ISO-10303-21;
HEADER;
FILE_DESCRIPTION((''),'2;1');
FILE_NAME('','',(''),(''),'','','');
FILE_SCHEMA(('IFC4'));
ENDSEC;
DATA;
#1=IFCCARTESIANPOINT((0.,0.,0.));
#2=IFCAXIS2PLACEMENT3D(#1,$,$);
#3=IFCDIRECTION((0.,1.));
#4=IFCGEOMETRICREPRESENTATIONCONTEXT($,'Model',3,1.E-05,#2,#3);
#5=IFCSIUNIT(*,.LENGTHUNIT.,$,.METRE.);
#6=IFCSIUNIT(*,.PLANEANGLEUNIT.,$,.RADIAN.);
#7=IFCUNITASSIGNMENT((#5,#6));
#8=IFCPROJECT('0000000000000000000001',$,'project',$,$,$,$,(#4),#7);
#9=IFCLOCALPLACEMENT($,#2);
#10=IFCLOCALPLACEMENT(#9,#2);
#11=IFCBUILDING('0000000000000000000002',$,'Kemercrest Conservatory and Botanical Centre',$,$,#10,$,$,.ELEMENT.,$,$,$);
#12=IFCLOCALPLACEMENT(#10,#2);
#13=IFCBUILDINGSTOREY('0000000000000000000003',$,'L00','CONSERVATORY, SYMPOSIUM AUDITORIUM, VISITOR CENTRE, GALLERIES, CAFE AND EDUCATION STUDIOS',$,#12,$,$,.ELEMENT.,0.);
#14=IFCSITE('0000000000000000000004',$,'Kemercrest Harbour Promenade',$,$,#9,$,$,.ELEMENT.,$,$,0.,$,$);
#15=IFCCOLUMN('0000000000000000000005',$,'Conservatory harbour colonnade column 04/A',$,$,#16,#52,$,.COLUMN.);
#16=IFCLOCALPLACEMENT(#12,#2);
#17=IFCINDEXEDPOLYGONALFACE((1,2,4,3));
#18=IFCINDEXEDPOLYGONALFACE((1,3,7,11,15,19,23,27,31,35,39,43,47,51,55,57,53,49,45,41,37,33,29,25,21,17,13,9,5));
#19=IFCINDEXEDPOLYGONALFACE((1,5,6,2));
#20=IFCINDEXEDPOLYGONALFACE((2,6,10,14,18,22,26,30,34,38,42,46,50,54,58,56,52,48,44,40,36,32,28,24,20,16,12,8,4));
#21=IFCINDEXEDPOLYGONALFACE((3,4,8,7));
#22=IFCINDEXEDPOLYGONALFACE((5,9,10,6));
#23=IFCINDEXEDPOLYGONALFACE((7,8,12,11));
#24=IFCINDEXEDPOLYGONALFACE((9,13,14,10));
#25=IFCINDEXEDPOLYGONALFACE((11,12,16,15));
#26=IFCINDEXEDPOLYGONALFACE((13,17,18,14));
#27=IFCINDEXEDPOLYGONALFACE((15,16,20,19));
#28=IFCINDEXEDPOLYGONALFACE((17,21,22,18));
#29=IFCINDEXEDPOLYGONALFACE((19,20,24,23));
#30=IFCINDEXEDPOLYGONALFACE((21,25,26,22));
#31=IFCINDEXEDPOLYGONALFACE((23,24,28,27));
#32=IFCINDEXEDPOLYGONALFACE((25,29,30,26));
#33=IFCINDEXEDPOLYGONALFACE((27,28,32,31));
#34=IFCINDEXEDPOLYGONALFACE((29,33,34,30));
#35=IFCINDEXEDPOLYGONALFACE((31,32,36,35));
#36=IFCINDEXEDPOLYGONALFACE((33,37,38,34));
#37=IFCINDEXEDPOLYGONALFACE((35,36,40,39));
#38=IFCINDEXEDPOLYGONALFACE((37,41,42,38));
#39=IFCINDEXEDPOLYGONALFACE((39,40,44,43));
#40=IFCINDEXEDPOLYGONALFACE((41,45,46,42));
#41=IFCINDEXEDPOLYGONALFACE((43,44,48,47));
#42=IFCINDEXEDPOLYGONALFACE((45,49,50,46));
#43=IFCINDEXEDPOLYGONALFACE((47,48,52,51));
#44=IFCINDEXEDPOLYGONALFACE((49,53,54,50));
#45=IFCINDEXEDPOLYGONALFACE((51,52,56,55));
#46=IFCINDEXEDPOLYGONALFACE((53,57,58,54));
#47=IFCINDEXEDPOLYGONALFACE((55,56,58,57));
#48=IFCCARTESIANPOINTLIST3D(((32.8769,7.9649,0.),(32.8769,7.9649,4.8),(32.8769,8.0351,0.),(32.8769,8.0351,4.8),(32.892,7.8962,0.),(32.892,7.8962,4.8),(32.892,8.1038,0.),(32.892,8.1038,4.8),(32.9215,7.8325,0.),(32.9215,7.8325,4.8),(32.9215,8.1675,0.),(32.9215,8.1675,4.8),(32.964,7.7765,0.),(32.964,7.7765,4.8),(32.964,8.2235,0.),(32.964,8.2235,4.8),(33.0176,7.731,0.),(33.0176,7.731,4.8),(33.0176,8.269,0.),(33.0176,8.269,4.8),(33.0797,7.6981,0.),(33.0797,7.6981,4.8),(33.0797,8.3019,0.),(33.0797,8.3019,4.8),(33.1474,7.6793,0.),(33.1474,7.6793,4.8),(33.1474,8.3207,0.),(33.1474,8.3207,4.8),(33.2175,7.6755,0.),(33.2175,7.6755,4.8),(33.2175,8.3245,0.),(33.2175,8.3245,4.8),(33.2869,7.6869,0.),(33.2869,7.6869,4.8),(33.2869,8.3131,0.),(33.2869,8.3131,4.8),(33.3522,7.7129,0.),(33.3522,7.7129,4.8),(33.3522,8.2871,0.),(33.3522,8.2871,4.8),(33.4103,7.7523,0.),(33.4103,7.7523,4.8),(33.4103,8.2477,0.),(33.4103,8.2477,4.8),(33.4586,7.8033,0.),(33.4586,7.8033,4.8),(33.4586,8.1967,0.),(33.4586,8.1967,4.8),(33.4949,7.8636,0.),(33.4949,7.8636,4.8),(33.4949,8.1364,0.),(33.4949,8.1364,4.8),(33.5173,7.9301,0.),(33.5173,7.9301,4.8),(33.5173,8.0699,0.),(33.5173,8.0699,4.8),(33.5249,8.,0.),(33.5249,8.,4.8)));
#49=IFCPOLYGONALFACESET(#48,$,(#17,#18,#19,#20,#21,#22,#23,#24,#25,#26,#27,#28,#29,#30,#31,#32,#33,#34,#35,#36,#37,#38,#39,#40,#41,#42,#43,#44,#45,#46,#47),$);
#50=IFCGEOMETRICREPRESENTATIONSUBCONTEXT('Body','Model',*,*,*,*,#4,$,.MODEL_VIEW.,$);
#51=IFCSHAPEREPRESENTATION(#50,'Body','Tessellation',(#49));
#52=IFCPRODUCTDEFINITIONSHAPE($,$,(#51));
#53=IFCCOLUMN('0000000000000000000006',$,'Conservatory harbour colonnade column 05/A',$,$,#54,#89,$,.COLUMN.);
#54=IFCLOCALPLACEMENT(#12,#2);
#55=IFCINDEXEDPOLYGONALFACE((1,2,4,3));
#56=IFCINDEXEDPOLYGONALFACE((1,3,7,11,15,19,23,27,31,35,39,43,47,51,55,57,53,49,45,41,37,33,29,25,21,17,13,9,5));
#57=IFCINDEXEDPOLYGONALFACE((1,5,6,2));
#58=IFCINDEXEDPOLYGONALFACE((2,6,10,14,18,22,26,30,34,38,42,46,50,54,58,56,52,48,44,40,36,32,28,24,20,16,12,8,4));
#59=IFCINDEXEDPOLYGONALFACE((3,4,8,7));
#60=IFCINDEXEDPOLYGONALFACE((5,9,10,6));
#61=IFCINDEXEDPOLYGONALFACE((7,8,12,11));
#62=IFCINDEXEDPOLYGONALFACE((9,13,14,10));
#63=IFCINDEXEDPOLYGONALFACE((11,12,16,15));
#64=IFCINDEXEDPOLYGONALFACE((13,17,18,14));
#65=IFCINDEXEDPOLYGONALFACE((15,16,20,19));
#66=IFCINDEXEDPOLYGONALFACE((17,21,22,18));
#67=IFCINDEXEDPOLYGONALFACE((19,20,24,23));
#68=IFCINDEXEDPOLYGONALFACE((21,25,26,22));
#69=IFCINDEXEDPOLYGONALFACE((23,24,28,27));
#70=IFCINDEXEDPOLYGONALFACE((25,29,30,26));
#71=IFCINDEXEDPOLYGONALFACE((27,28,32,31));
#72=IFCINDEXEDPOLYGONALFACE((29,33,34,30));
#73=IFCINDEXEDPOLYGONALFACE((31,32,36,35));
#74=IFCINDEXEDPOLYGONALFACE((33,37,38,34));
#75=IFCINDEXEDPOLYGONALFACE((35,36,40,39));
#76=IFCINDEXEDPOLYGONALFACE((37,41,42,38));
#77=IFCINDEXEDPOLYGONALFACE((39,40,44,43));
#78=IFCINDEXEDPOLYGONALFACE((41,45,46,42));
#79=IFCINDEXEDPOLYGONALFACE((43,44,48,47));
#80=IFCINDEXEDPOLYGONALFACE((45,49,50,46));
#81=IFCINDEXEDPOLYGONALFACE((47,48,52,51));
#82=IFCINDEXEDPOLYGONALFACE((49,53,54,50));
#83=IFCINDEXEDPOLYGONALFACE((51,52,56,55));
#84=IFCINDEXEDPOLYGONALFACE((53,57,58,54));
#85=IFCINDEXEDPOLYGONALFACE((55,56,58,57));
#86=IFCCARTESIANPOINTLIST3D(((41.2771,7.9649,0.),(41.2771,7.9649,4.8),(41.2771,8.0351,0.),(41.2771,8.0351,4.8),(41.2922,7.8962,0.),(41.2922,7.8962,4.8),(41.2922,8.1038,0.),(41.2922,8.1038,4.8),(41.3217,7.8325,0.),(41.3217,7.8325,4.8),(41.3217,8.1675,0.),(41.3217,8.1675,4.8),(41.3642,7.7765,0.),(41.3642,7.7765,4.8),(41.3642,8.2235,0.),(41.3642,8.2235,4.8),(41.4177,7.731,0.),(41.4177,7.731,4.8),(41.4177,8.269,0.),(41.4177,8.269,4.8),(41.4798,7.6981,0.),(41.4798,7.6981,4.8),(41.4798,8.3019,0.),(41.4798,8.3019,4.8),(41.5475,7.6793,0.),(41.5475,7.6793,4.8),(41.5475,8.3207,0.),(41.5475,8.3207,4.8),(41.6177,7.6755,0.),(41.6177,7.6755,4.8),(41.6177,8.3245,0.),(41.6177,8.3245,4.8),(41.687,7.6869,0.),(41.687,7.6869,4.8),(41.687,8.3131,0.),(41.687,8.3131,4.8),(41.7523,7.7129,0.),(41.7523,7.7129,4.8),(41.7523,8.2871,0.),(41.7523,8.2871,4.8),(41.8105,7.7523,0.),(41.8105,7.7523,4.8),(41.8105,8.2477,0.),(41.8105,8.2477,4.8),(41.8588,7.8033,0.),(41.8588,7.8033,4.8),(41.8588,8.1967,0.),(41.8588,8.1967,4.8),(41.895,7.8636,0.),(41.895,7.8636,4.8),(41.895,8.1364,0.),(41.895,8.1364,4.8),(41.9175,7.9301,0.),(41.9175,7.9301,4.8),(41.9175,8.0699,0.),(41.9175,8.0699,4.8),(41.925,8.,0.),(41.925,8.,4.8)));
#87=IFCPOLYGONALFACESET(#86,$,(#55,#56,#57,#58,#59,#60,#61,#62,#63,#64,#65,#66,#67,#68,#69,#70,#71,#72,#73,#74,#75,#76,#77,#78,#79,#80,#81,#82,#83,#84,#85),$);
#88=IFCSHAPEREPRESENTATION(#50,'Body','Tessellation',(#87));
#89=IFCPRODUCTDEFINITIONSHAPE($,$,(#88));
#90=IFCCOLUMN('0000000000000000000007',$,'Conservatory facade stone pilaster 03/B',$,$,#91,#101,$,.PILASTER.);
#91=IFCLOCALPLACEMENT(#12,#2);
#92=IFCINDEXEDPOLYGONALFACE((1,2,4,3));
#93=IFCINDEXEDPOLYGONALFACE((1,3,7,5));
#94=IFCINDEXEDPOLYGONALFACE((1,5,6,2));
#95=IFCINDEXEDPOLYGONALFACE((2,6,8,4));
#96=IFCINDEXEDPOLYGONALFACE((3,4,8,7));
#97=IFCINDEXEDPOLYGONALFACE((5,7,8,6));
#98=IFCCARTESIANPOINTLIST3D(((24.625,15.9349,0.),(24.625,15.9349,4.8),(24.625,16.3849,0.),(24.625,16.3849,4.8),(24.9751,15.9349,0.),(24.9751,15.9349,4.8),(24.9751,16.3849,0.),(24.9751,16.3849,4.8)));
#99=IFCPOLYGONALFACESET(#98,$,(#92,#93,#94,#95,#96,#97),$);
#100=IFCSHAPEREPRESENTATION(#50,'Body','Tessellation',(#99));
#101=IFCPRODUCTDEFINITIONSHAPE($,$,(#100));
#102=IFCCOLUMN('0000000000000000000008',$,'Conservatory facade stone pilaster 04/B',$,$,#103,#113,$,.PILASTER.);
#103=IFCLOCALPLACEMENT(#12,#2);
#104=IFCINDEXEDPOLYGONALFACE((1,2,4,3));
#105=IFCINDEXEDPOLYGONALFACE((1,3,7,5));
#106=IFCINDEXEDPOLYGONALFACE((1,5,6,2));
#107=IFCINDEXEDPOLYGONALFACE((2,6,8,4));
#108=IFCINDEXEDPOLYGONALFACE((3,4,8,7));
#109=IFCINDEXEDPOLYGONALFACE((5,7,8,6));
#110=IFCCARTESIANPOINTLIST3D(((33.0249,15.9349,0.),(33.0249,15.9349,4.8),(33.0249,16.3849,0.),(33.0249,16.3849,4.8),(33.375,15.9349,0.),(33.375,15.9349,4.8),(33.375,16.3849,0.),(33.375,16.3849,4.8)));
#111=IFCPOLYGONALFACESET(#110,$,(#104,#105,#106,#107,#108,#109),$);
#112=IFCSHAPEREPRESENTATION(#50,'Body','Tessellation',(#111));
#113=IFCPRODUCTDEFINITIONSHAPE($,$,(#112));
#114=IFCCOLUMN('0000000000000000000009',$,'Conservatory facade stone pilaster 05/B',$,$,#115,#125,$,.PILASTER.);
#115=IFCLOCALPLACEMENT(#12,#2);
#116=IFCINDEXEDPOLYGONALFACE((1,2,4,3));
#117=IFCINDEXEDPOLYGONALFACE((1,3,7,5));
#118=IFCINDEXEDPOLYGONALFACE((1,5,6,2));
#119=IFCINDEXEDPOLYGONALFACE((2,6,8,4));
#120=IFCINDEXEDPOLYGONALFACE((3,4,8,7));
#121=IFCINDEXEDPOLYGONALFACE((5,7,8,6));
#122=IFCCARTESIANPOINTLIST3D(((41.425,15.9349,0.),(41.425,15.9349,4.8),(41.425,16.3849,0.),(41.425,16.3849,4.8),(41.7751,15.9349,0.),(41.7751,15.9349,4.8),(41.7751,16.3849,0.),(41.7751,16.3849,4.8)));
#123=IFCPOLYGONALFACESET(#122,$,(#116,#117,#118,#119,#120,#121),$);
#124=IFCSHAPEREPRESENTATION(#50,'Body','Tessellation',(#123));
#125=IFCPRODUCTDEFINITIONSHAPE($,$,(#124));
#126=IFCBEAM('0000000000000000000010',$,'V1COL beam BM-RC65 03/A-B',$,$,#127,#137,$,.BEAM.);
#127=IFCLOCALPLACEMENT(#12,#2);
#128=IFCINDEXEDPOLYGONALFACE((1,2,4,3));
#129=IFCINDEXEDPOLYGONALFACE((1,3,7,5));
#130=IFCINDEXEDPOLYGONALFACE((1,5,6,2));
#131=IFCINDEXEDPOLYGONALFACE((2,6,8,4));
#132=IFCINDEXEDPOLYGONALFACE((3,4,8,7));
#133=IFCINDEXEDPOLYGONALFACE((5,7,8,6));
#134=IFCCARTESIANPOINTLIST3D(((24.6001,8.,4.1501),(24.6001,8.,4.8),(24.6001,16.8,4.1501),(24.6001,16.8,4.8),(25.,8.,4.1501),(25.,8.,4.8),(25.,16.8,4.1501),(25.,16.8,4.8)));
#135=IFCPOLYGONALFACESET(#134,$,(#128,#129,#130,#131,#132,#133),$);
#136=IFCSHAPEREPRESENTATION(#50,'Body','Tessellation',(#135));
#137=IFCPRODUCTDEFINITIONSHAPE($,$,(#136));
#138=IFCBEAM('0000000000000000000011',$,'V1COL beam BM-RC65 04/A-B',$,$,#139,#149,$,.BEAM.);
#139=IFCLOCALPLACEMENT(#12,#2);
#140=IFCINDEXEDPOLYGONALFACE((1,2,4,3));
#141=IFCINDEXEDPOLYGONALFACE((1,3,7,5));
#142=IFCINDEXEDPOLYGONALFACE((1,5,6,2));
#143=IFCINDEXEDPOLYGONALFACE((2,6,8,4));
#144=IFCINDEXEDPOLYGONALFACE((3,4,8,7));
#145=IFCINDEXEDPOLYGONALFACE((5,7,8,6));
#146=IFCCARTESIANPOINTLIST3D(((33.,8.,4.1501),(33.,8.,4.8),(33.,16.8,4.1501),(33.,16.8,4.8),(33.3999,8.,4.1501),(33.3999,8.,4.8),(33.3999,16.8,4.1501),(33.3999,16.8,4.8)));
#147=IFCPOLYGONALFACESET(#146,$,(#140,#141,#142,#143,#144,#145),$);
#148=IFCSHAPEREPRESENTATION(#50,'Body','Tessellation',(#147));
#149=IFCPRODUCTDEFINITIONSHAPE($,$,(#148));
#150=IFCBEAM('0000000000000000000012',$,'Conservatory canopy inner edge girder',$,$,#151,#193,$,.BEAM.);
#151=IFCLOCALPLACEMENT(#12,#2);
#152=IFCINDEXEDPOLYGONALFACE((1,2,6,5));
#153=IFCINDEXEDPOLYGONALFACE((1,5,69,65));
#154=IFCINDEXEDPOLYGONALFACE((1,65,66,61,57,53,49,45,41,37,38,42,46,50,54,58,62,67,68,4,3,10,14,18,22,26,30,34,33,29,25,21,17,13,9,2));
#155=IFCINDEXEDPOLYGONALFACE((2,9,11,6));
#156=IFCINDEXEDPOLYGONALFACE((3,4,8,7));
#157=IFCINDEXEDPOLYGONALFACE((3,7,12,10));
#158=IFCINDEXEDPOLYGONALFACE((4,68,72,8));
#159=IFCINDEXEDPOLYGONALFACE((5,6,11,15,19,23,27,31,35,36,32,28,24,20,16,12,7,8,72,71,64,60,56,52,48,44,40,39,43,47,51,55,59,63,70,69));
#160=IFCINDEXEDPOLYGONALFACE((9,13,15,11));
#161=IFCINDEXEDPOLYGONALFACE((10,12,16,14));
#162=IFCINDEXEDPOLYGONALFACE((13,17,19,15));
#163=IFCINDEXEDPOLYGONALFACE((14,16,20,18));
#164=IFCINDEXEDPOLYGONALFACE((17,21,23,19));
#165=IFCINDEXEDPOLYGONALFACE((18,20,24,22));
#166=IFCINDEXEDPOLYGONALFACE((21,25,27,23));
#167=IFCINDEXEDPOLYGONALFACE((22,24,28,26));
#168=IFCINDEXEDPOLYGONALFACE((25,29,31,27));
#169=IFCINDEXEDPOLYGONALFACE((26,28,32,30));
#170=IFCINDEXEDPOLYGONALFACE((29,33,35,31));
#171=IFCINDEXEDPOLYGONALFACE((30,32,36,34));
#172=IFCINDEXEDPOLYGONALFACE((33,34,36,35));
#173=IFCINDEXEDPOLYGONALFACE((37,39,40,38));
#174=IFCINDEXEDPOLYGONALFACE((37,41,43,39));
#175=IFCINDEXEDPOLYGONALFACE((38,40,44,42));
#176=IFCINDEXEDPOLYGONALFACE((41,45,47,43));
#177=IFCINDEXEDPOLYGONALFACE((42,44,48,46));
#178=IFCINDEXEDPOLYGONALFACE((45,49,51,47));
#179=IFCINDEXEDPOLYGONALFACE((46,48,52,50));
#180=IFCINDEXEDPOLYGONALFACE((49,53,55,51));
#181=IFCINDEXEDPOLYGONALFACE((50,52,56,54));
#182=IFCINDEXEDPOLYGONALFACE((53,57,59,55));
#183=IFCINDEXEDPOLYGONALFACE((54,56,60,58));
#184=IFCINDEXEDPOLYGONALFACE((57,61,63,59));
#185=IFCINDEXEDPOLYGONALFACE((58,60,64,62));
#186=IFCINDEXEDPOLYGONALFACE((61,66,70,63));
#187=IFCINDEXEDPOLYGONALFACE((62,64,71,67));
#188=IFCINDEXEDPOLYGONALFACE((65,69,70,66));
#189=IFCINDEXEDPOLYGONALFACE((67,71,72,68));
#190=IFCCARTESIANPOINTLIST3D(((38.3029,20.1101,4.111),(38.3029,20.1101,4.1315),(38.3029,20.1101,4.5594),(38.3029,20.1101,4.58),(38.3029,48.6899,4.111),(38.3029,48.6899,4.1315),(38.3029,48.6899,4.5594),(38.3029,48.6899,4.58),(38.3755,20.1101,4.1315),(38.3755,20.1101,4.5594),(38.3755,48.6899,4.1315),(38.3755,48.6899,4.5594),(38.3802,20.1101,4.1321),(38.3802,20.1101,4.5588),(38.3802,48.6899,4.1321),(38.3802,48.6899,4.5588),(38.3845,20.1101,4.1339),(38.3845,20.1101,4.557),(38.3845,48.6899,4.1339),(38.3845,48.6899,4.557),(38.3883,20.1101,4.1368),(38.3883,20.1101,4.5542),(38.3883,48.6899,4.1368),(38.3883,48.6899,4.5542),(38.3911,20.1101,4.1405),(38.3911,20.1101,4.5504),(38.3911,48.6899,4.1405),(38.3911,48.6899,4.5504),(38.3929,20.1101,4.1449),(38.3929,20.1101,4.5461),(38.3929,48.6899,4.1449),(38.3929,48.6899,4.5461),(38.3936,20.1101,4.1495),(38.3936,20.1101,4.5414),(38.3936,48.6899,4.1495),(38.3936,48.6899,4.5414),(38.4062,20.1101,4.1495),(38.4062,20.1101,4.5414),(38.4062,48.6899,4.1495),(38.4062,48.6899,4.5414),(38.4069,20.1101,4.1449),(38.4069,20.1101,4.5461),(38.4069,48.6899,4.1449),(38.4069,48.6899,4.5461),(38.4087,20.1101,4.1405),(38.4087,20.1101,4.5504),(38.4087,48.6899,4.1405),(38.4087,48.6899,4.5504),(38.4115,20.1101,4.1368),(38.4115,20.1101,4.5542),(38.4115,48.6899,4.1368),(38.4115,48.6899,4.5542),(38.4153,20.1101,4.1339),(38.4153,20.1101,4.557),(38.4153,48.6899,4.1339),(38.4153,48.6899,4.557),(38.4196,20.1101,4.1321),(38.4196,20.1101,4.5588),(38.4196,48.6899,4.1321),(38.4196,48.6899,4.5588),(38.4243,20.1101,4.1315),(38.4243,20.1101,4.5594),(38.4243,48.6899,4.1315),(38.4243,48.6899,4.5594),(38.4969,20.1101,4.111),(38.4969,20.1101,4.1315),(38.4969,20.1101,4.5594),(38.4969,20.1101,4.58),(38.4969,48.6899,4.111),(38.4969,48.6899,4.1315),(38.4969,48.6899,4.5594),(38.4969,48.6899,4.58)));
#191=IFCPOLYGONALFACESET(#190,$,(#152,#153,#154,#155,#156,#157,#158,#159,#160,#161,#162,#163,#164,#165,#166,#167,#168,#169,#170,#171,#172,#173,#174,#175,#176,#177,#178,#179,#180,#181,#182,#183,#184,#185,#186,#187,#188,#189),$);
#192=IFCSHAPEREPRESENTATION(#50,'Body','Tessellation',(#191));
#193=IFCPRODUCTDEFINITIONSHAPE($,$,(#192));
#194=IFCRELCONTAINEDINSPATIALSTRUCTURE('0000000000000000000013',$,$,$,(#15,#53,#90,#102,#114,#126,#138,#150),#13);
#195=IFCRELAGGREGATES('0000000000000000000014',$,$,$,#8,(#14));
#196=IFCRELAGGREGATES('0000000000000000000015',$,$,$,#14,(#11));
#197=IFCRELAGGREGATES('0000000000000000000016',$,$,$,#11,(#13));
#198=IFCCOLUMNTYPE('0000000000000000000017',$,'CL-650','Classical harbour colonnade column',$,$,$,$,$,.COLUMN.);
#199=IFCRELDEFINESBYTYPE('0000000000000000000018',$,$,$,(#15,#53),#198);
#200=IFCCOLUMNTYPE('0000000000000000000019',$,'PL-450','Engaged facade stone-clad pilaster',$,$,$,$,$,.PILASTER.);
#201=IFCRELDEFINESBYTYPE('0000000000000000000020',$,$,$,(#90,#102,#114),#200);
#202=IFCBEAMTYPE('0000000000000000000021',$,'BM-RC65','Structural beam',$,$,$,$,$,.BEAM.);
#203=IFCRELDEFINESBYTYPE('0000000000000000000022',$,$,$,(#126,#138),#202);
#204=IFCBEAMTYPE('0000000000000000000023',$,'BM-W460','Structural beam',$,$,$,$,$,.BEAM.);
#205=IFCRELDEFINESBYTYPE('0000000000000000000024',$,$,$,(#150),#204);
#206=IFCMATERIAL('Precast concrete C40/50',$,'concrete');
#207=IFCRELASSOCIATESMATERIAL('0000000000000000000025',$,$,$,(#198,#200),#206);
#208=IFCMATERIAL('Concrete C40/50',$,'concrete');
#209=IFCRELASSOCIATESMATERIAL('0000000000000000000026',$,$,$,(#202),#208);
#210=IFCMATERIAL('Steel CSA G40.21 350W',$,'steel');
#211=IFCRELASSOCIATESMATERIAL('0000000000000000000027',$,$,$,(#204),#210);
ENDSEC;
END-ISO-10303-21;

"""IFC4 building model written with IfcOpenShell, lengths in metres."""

from ifc_helpers import new_model, si_unit, direction, frame, origin, origin_2d, place, context, subcontext, project, spatial, rectangle, circle, i_section, extrude, material, material_profile, profile_set, type_object, element, save


model = new_model("IFC4")

# Units and contexts
model_context = context("Model", 3, precision=1e-05, world=origin(), true_north=direction((0.0, 1.0)))
body_context = subcontext(model_context, "Body", "Model", "MODEL_VIEW")
ifc_project = project(units=[si_unit("LENGTHUNIT", "METRE"), si_unit("PLANEANGLEUNIT", "RADIAN")], contexts=[model_context])

# Site, building, storey
site_placement = place(None, origin())
site = spatial("IfcSite", under=ifc_project, at=site_placement, Name="Kemercrest Harbour Promenade", CompositionType="ELEMENT", RefElevation=0.0)
building_placement = place(site_placement, origin())
building = spatial("IfcBuilding", under=site, at=building_placement, Name="Kemercrest Conservatory and Botanical Centre", CompositionType="ELEMENT")
storey_placement = place(building_placement, origin())
storey = spatial("IfcBuildingStorey", under=building, at=storey_placement, Name="L00", Description="CONSERVATORY, SYMPOSIUM AUDITORIUM, VISITOR CENTRE, GALLERIES, CAFE AND EDUCATION STUDIOS", CompositionType="ELEMENT", Elevation=0.0)

# Columns
ifc_material_1 = material(Name="Steel CSA G40.21 350W", Category="steel")
ifc_material_2 = material(Name="Precast concrete C40/50", Category="concrete")
ifc_material_profile_1 = material_profile(ifc_material_2, circle(Radius=0.325, at=origin_2d()), Name="COLONNADE D650")
ifc_profile_set_1 = profile_set([ifc_material_profile_1], Name="Precast concrete C40/50")
column_type_1 = type_object("IfcColumnType", Name="CL-650", Description="Classical harbour colonnade column", PredefinedType="COLUMN", material=ifc_profile_set_1)
for number, where, z_axis, x_axis, name in (
    (1, (33.2, 8.0, 0.0), (0.0, 0.0, 1.0), (1.0, 0.0, 0.0), "Conservatory harbour colonnade column 04/A"),
    (2, (41.6001, 8.0, 0.0), (0.0, 0.0, 1.0), (1.0, 0.0, 0.0), "Conservatory harbour colonnade column 05/A"),
):
    element("IfcColumn", number, at=place(storey_placement, frame(where, z_axis=z_axis, x_axis=x_axis)), inside=storey, type_object=column_type_1, Name=name, PredefinedType="COLUMN", context=body_context, shape_type="SweptSolid", body=[
        extrude(circle(Radius=0.325, at=origin_2d()), origin(), (0.0, 0.0, 1.0), 4.8),
    ])
ifc_material_profile_2 = material_profile(ifc_material_2, rectangle(XDim=0.3501, YDim=0.45, at=origin_2d()), Name="RC 450x350")
ifc_profile_set_2 = profile_set([ifc_material_profile_2], Name="Precast concrete C40/50")
column_type_2 = type_object("IfcColumnType", Name="PL-450", Description="Engaged facade stone-clad pilaster", PredefinedType="PILASTER", material=ifc_profile_set_2)
for number, where, z_axis, x_axis, name in (
    (3, (24.8, 16.1599, 0.0), (0.0, 0.0, 1.0), (1.0, 0.0, 0.0), "Conservatory facade stone pilaster 03/B"),
    (4, (33.2, 16.1599, 0.0), (0.0, 0.0, 1.0), (1.0, 0.0, 0.0), "Conservatory facade stone pilaster 04/B"),
    (5, (41.6001, 16.1599, 0.0), (0.0, 0.0, 1.0), (1.0, 0.0, 0.0), "Conservatory facade stone pilaster 05/B"),
):
    element("IfcColumn", number, at=place(storey_placement, frame(where, z_axis=z_axis, x_axis=x_axis)), inside=storey, type_object=column_type_2, Name=name, PredefinedType="PILASTER", context=body_context, shape_type="SweptSolid", body=[
        extrude(rectangle(XDim=0.3501, YDim=0.45, at=origin_2d()), origin(), (0.0, 0.0, 1.0), 4.8),
    ])

# Beams
ifc_material_3 = material(Name="Concrete C40/50", Category="concrete")
ifc_material_profile_3 = material_profile(ifc_material_3, rectangle(XDim=0.3999, YDim=0.6499, at=origin_2d()), Name="RC 400x650")
ifc_profile_set_3 = profile_set([ifc_material_profile_3], Name="Concrete C40/50")
beam_type_1 = type_object("IfcBeamType", Name="BM-RC65", Description="Structural beam", PredefinedType="BEAM", material=ifc_profile_set_3)
for number, where, z_axis, x_axis, name in (
    (6, (24.8, 8.0, 4.4751), (0.0, 1.0, 0.0), (-1.0, 0.0, 0.0), "V1COL beam BM-RC65 03/A-B"),
    (7, (33.2, 8.0, 4.4751), (0.0, 1.0, 0.0), (-1.0, 0.0, 0.0), "V1COL beam BM-RC65 04/A-B"),
):
    element("IfcBeam", number, at=place(storey_placement, frame(where, z_axis=z_axis, x_axis=x_axis)), inside=storey, type_object=beam_type_1, Name=name, PredefinedType="BEAM", context=body_context, shape_type="SweptSolid", body=[
        extrude(rectangle(XDim=0.3999, YDim=0.6499, at=origin_2d()), origin(), (0.0, 0.0, 1.0), 8.8),
    ])
ifc_material_profile_4 = material_profile(ifc_material_1, i_section(OverallWidth=0.1941, OverallDepth=0.469, WebThickness=0.0127, FlangeThickness=0.0205, FilletRadius=0.0181, at=origin_2d()), Name="W460X106")
ifc_profile_set_4 = profile_set([ifc_material_profile_4], Name="Steel CSA G40.21 350W")
beam_type_2 = type_object("IfcBeamType", Name="BM-W460", Description="Structural beam", PredefinedType="BEAM", material=ifc_profile_set_4)
beam_1_placement = place(storey_placement, frame((38.3999, 20.1101, 4.3455), z_axis=(0.0, 1.0, 0.0), x_axis=(-1.0, 0.0, 0.0)))
element("IfcBeam", 8, at=beam_1_placement, inside=storey, type_object=beam_type_2, Name="Conservatory canopy inner edge girder", PredefinedType="BEAM", context=body_context, shape_type="SweptSolid", body=[
    extrude(i_section(OverallWidth=0.1941, OverallDepth=0.469, WebThickness=0.0127, FlangeThickness=0.0205, FilletRadius=0.0181, at=origin_2d()), origin(), (0.0, 0.0, 1.0), 28.5798),
])

save(model, "model.ifc")
